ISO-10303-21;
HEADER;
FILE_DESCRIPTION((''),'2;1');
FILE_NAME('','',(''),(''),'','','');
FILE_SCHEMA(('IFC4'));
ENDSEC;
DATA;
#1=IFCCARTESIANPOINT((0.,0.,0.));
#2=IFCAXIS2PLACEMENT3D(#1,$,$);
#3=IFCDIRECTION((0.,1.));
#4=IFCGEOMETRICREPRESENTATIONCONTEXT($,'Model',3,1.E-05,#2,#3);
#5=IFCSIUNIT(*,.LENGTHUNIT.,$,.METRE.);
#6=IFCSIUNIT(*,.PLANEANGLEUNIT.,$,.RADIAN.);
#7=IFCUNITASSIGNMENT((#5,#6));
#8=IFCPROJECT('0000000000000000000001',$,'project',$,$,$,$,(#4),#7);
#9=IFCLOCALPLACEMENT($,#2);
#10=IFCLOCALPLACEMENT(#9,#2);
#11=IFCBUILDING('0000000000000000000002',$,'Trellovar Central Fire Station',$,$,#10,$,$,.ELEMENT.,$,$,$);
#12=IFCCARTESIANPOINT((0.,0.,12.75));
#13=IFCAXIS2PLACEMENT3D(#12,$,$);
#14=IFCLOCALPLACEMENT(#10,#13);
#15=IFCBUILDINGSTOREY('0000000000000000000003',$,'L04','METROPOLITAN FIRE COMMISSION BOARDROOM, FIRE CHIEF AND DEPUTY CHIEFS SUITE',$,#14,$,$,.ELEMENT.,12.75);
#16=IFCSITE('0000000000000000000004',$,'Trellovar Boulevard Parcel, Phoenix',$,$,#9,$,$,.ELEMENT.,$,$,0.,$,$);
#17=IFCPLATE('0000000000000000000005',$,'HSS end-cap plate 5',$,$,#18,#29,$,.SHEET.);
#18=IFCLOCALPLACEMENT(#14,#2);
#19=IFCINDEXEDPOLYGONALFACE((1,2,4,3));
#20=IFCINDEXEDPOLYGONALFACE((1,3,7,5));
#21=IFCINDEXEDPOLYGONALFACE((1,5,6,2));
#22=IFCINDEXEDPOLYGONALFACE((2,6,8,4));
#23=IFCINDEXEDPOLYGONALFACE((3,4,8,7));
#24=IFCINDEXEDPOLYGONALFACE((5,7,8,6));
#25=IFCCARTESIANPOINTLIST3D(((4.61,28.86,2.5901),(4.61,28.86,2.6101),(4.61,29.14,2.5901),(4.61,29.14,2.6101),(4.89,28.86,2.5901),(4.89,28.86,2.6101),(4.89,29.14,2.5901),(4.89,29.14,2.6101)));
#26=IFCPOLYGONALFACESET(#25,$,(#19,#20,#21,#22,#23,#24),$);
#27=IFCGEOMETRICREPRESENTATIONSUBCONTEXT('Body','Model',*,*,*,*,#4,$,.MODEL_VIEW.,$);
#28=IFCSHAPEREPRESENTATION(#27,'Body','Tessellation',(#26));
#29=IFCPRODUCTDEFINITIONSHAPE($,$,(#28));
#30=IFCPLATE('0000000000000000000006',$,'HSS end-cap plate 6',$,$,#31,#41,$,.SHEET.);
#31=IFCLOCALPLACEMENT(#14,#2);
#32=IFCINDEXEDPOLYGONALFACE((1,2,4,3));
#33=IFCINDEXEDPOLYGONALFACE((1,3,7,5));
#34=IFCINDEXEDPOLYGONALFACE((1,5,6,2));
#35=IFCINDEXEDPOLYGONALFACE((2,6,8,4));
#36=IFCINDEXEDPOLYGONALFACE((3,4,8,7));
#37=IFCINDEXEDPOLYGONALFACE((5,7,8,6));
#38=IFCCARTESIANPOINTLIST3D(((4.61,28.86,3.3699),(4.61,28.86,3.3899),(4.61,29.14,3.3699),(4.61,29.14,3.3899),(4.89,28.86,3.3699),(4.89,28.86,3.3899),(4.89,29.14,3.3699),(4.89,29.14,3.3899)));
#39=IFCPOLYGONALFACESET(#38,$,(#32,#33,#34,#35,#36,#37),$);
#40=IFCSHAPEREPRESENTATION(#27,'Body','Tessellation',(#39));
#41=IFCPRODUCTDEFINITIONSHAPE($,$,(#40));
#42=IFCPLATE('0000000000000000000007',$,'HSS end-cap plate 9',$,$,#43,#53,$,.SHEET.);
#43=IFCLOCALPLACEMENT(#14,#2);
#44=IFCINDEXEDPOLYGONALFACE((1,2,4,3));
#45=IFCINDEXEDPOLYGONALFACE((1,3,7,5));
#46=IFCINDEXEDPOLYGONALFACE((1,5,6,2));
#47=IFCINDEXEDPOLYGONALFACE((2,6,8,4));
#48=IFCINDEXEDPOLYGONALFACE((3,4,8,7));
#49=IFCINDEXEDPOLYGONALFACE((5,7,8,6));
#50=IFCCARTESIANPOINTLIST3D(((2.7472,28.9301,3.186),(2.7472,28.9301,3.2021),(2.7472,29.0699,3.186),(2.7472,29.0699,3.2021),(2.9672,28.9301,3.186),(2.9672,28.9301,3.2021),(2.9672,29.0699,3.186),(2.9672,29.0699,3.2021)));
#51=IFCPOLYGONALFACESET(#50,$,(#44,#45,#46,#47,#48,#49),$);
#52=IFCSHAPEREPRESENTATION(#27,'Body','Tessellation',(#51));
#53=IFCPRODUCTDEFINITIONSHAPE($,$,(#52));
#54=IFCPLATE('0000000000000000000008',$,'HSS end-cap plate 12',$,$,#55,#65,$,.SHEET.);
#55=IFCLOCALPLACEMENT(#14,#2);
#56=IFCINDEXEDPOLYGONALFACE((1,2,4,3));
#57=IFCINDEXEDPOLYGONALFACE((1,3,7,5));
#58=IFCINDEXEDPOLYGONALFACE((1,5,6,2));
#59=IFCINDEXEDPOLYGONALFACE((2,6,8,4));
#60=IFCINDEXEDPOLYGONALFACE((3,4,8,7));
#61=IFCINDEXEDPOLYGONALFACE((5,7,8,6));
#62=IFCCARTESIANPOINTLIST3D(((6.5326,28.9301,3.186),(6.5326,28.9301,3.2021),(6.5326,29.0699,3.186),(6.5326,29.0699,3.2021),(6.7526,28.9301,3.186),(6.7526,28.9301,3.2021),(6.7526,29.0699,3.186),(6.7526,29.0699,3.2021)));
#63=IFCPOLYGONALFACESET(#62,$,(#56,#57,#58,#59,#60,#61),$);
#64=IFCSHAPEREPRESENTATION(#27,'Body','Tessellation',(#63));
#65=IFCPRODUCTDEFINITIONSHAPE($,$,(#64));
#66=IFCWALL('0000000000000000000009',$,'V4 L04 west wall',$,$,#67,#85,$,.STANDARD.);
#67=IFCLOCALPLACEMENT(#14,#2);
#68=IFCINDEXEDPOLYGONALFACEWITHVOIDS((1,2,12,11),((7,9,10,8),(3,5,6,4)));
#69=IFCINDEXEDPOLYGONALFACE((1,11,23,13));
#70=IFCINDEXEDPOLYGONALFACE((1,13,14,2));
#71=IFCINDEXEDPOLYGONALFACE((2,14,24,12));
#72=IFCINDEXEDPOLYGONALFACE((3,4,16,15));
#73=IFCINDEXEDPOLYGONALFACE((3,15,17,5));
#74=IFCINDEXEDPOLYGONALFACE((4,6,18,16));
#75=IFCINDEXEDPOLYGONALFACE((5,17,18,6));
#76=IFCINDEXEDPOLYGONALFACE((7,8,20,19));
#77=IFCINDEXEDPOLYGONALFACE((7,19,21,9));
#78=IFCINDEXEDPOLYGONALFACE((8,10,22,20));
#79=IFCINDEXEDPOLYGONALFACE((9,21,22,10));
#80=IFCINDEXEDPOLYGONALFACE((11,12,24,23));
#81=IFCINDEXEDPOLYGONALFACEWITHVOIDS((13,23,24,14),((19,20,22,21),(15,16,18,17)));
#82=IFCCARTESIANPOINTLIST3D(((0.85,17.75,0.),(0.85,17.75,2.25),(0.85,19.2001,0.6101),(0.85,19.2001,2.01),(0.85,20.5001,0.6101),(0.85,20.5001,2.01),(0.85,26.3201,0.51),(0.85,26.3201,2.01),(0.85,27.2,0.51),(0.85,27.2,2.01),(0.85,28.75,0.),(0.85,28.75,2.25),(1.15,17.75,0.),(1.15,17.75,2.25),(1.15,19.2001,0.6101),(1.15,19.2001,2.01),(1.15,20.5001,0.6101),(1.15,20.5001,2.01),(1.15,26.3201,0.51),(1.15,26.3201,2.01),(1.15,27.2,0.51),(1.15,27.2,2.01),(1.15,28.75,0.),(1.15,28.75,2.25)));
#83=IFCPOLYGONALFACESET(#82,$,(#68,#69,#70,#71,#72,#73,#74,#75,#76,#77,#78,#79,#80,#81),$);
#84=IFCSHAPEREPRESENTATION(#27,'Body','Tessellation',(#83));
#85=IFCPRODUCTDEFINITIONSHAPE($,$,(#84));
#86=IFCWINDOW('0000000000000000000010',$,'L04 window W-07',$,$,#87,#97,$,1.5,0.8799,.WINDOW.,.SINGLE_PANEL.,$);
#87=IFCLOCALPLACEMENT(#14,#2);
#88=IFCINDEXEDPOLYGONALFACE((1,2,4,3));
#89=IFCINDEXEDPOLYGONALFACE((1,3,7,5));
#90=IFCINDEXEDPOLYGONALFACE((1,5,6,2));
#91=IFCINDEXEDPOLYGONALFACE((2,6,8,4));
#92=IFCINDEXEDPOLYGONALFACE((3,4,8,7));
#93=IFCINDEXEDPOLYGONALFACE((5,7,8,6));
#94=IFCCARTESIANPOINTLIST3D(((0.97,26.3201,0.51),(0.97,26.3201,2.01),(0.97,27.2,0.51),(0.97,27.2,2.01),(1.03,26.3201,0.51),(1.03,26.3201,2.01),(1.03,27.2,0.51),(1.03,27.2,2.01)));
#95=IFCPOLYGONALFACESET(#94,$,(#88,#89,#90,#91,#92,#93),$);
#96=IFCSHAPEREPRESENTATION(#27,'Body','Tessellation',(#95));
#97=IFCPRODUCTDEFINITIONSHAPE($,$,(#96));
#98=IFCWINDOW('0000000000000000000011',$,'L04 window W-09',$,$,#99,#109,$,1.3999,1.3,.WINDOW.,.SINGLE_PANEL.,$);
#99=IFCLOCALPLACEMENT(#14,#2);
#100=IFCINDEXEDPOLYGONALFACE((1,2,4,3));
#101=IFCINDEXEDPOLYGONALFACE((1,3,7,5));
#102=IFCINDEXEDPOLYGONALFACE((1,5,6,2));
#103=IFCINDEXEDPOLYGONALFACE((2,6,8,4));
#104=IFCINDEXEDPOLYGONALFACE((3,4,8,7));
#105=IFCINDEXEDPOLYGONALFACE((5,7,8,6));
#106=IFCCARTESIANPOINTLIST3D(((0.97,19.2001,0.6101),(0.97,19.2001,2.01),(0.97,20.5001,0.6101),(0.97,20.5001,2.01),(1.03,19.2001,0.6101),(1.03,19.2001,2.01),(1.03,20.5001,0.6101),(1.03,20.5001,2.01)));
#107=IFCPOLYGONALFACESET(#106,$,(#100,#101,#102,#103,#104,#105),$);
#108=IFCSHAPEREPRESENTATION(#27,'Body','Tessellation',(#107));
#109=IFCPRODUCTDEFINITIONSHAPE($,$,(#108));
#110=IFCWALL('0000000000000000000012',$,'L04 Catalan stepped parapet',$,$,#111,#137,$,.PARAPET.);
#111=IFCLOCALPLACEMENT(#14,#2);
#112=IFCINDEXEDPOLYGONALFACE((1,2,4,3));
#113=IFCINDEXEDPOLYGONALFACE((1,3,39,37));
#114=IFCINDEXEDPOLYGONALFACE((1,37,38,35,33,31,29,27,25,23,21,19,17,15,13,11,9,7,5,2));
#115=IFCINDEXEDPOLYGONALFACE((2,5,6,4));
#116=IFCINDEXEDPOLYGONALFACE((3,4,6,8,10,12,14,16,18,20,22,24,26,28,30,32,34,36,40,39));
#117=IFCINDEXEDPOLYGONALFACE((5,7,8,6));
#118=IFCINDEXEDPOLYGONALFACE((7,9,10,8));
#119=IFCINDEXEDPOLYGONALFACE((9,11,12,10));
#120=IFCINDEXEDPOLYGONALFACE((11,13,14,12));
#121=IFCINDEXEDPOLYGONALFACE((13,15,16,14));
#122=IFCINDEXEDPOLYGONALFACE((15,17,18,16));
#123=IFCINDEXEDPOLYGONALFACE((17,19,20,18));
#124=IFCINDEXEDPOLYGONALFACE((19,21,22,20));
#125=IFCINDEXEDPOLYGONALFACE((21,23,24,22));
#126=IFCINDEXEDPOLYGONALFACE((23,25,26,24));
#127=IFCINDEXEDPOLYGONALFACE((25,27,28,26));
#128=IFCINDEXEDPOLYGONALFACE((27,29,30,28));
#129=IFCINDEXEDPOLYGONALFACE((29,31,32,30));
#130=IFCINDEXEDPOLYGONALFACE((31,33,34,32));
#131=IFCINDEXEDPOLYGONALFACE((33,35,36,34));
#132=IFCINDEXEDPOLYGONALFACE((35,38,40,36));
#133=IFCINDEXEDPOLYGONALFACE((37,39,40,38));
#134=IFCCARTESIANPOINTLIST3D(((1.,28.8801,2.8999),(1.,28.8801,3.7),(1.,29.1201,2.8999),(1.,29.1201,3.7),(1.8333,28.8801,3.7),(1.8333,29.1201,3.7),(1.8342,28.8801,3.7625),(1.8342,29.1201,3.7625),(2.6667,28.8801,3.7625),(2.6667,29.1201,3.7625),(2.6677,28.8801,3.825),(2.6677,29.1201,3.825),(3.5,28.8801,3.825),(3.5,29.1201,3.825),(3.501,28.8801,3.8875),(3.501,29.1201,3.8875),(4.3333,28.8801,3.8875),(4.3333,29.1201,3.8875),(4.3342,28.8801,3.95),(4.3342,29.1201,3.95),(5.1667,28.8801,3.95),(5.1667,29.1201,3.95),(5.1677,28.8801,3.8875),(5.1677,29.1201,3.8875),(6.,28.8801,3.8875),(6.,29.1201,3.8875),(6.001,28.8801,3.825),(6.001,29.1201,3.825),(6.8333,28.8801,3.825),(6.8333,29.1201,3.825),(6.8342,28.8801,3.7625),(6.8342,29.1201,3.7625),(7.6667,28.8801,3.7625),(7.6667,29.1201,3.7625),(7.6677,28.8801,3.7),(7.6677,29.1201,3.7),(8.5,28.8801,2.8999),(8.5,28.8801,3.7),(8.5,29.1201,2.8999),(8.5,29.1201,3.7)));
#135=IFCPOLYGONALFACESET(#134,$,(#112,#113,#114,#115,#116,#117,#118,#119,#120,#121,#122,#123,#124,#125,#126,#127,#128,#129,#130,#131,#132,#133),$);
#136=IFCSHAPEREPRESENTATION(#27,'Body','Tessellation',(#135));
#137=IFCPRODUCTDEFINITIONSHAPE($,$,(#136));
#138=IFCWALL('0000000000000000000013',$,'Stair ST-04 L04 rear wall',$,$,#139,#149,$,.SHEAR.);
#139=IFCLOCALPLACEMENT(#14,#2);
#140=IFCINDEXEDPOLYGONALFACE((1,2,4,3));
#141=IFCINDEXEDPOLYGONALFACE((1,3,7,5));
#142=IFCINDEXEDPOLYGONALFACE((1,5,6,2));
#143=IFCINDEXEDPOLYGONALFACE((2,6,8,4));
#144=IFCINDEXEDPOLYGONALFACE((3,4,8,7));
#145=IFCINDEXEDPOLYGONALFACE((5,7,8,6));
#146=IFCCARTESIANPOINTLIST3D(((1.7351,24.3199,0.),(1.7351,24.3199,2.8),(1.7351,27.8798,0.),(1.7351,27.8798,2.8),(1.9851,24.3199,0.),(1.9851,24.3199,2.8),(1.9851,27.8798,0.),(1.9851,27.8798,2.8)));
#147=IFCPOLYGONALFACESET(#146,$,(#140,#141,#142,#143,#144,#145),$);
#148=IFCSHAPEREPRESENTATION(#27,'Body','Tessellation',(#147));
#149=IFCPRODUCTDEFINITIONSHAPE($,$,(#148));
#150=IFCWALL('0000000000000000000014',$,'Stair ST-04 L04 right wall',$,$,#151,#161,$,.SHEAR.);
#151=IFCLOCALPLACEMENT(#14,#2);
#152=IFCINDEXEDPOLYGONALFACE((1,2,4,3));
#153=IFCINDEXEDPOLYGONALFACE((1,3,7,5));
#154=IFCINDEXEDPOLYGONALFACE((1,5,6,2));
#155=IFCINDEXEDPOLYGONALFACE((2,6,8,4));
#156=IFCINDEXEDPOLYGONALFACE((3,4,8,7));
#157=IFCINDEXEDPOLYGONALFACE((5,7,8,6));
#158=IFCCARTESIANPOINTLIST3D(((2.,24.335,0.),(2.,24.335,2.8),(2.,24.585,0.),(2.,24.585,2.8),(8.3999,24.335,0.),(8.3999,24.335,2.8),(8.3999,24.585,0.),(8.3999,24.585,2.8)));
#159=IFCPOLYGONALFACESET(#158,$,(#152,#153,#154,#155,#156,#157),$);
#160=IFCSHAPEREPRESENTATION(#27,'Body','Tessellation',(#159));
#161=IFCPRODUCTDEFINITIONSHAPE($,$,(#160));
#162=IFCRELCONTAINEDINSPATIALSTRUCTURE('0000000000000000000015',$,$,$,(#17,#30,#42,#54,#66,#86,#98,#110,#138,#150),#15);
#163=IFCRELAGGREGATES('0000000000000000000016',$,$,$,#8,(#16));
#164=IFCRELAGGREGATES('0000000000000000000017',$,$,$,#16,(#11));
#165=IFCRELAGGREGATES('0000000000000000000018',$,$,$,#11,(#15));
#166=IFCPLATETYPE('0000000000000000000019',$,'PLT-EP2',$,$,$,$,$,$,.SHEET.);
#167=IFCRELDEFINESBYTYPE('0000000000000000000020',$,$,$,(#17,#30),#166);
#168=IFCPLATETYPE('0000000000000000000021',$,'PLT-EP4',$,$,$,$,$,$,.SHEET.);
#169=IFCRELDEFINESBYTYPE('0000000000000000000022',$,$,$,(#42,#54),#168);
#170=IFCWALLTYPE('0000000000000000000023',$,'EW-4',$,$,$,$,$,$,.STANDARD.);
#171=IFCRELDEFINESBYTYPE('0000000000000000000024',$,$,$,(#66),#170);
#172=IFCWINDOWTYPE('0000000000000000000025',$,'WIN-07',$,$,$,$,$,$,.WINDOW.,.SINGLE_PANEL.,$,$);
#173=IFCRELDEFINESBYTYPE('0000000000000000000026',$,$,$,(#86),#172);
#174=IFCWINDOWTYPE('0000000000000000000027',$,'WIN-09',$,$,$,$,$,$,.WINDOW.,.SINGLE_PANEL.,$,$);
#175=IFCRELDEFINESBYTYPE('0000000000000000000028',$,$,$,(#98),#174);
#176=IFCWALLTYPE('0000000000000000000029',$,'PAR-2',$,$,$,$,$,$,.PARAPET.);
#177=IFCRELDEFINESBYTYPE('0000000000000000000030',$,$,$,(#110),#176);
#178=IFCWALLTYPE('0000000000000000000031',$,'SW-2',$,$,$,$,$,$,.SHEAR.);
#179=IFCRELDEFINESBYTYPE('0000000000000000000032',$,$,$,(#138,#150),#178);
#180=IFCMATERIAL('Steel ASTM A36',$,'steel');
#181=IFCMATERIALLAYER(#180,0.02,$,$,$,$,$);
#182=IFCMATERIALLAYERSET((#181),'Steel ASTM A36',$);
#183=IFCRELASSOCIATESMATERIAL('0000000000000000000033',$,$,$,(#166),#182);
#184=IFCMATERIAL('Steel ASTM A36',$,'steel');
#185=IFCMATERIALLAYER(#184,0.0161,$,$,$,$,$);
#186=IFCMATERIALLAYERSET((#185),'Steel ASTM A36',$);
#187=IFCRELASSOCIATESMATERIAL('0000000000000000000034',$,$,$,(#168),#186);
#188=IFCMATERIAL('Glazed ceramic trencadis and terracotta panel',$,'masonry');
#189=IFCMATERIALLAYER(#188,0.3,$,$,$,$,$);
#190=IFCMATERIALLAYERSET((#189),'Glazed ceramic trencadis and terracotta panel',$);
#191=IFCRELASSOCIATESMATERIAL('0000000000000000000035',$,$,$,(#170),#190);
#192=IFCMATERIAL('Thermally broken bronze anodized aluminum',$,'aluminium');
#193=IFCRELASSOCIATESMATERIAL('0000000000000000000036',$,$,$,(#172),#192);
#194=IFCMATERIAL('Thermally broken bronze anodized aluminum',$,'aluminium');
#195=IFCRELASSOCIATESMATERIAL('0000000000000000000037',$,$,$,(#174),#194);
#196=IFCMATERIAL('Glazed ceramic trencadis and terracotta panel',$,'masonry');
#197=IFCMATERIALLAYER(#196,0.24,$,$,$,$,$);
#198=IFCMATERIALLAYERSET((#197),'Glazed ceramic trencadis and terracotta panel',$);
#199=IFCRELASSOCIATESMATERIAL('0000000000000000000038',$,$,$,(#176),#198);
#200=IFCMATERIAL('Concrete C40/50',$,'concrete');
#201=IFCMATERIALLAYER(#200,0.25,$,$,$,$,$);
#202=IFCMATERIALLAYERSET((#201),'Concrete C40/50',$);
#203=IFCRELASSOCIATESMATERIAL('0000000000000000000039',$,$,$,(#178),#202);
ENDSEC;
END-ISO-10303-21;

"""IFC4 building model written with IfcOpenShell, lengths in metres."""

from ifc_helpers import new_model, si_unit, direction, frame, frame_2d, origin, origin_2d, place, context, subcontext, project, spatial, polyline, rectangle, outline, extrude, material, layer, layer_set, type_object, element, fill, save


model = new_model("IFC4")

# Units and contexts
model_context = context("Model", 3, precision=1e-05, world=origin(), true_north=direction((0.0, 1.0)))
body_context = subcontext(model_context, "Body", "Model", "MODEL_VIEW")
ifc_project = project(units=[si_unit("LENGTHUNIT", "METRE"), si_unit("PLANEANGLEUNIT", "RADIAN")], contexts=[model_context])

# Site, building, storey
site_placement = place(None, origin())
site = spatial("IfcSite", under=ifc_project, at=site_placement, Name="Trellovar Boulevard Parcel, Phoenix", CompositionType="ELEMENT", RefElevation=0.0)
building_placement = place(site_placement, origin())
building = spatial("IfcBuilding", under=site, at=building_placement, Name="Trellovar Central Fire Station", CompositionType="ELEMENT")
storey_placement = place(building_placement, frame((0.0, 0.0, 12.75)))
storey = spatial("IfcBuildingStorey", under=building, at=storey_placement, Name="L04", Description="METROPOLITAN FIRE COMMISSION BOARDROOM, FIRE CHIEF AND DEPUTY CHIEFS SUITE", CompositionType="ELEMENT", Elevation=12.75)

# Plates
ifc_material_1 = material(Name="Steel ASTM A36", Category="steel")
ifc_layer_1 = layer(ifc_material_1, 0.02)
ifc_layer_set_1 = layer_set([ifc_layer_1], Name="Steel ASTM A36")
plate_type_1 = type_object("IfcPlateType", Name="PLT-EP2", PredefinedType="SHEET", material=ifc_layer_set_1)
for number, where, z_axis, x_axis, name in (
    (1, (4.75, 29.0, 2.5901), (0.0, 0.0, 1.0), (1.0, 0.0, 0.0), "HSS end-cap plate 5"),
    (2, (4.75, 29.0, 3.3699), (0.0, 0.0, 1.0), (1.0, 0.0, 0.0), "HSS end-cap plate 6"),
):
    element("IfcPlate", number, at=place(storey_placement, frame(where, z_axis=z_axis, x_axis=x_axis)), inside=storey, type_object=plate_type_1, Name=name, PredefinedType="SHEET", context=body_context, shape_type="SweptSolid", body=[
        extrude(rectangle(XDim=0.28, YDim=0.28, at=origin_2d()), origin(), (0.0, 0.0, 1.0), 0.02),
    ])
ifc_material_2 = material(Name="Steel ASTM A36", Category="steel")
ifc_layer_2 = layer(ifc_material_2, 0.0161)
ifc_layer_set_2 = layer_set([ifc_layer_2], Name="Steel ASTM A36")
plate_type_2 = type_object("IfcPlateType", Name="PLT-EP4", PredefinedType="SHEET", material=ifc_layer_set_2)
for number, where, z_axis, x_axis, name in (
    (3, (2.8572, 29.0, 3.186), (0.0, 0.0, 1.0), (1.0, 0.0, 0.0), "HSS end-cap plate 9"),
    (4, (6.6426, 29.0, 3.186), (0.0, 0.0, 1.0), (1.0, 0.0, 0.0), "HSS end-cap plate 12"),
):
    element("IfcPlate", number, at=place(storey_placement, frame(where, z_axis=z_axis, x_axis=x_axis)), inside=storey, type_object=plate_type_2, Name=name, PredefinedType="SHEET", context=body_context, shape_type="SweptSolid", body=[
        extrude(rectangle(XDim=0.22, YDim=0.1399, at=origin_2d()), origin(), (0.0, 0.0, 1.0), 0.0161),
    ])

# Wall, openings, windows
ifc_material_3 = material(Name="Glazed ceramic trencadis and terracotta panel", Category="masonry")
ifc_layer_3 = layer(ifc_material_3, 0.3)
ifc_layer_set_3 = layer_set([ifc_layer_3], Name="Glazed ceramic trencadis and terracotta panel")
wall_type_1 = type_object("IfcWallType", Name="EW-4", PredefinedType="STANDARD", material=ifc_layer_set_3)
wall_1_placement = place(storey_placement, frame((1.0, 28.75, 0.0), z_axis=(0.0, 0.0, 1.0), x_axis=(0.0, -1.0, 0.0)))
wall_1 = element("IfcWall", 5, at=wall_1_placement, inside=storey, type_object=wall_type_1, Name="V4 L04 west wall", PredefinedType="STANDARD", context=body_context, shape_type="SweptSolid", body=[
    extrude(rectangle(XDim=11.0, YDim=0.3, at=frame_2d((5.5, 0.0))), origin(), (0.0, 0.0, 1.0), 2.25),
])
opening_1_placement = place(wall_1_placement, frame((1.55, 0.0, 0.51)))
opening_1 = element("IfcOpeningElement", 6, at=opening_1_placement, cuts=wall_1, PredefinedType="OPENING", context=body_context, shape_type="SweptSolid", body=[
    extrude(rectangle(XDim=0.8799, YDim=1.5, at=frame_2d((0.4399, 0.75))), frame((0.0, 0.1599, 0.0), z_axis=(0.0, -1.0, 0.0), x_axis=(1.0, 0.0, 0.0)), (0.0, 0.0, 1.0), 0.3201),
])
opening_2_placement = place(wall_1_placement, frame((8.25, 0.0, 0.6101)))
opening_2 = element("IfcOpeningElement", 7, at=opening_2_placement, cuts=wall_1, PredefinedType="OPENING", context=body_context, shape_type="SweptSolid", body=[
    extrude(rectangle(XDim=1.3, YDim=1.3999, at=frame_2d((0.6499, 0.7))), frame((0.0, 0.1599, 0.0), z_axis=(0.0, -1.0, 0.0), x_axis=(1.0, 0.0, 0.0)), (0.0, 0.0, 1.0), 0.3201),
])
ifc_material_4 = material(Name="Thermally broken bronze anodized aluminum", Category="aluminium")
window_type_1 = type_object("IfcWindowType", Name="WIN-07", PartitioningType="SINGLE_PANEL", PredefinedType="WINDOW", material=ifc_material_4)
window_1_placement = place(opening_1_placement, origin())
window_1 = element("IfcWindow", 8, at=window_1_placement, inside=storey, type_object=window_type_1, Name="L04 window W-07", OverallHeight=1.5, OverallWidth=0.8799, PartitioningType="SINGLE_PANEL", PredefinedType="WINDOW", context=body_context, shape_type="SweptSolid", body=[
    extrude(rectangle(XDim=0.8799, YDim=1.5, at=frame_2d((0.4399, 0.75))), frame((0.0, 0.03, 0.0), z_axis=(0.0, -1.0, 0.0), x_axis=(1.0, 0.0, 0.0)), (0.0, 0.0, 1.0), 0.0601),
])
fill(opening_1, window_1)
ifc_material_5 = material(Name="Thermally broken bronze anodized aluminum", Category="aluminium")
window_type_2 = type_object("IfcWindowType", Name="WIN-09", PartitioningType="SINGLE_PANEL", PredefinedType="WINDOW", material=ifc_material_5)
window_2_placement = place(opening_2_placement, origin())
window_2 = element("IfcWindow", 9, at=window_2_placement, inside=storey, type_object=window_type_2, Name="L04 window W-09", OverallHeight=1.3999, OverallWidth=1.3, PartitioningType="SINGLE_PANEL", PredefinedType="WINDOW", context=body_context, shape_type="SweptSolid", body=[
    extrude(rectangle(XDim=1.3, YDim=1.3999, at=frame_2d((0.6499, 0.7))), frame((0.0, 0.03, 0.0), z_axis=(0.0, -1.0, 0.0), x_axis=(1.0, 0.0, 0.0)), (0.0, 0.0, 1.0), 0.0601),
])
fill(opening_2, window_2)

# Walls
ifc_material_6 = material(Name="Glazed ceramic trencadis and terracotta panel", Category="masonry")
ifc_layer_4 = layer(ifc_material_6, 0.24)
ifc_layer_set_4 = layer_set([ifc_layer_4], Name="Glazed ceramic trencadis and terracotta panel")
wall_type_2 = type_object("IfcWallType", Name="PAR-2", PredefinedType="PARAPET", material=ifc_layer_set_4)
wall_2_placement = place(storey_placement, frame((1.0, 29.0, 2.8999), z_axis=(0.0, 0.0, 1.0), x_axis=(1.0, 0.0, 0.0)))
element("IfcWall", 10, at=wall_2_placement, inside=storey, type_object=wall_type_2, Name="L04 Catalan stepped parapet", PredefinedType="PARAPET", context=body_context, shape_type="SweptSolid", body=[
    extrude(outline(polyline([(0.0, 0.0), (7.5, 0.0), (7.5, 0.8), (6.6677, 0.8), (6.6667, 0.8625), (5.8342, 0.8625), (5.8333, 0.925), (5.001, 0.925), (5.0, 0.9875), (4.1677, 0.9875), (4.1667, 1.05), (3.3342, 1.05), (3.3333, 0.9875), (2.501, 0.9875), (2.5, 0.925), (1.6677, 0.925), (1.6667, 0.8625), (0.8342, 0.8625), (0.8333, 0.8), (0.0, 0.8), (0.0, 0.0)])), frame((0.0, 0.1201, 0.0), z_axis=(0.0, -1.0, 0.0), x_axis=(1.0, 0.0, 0.0)), (0.0, 0.0, 1.0), 0.24),
])
ifc_material_7 = material(Name="Concrete C40/50", Category="concrete")
ifc_layer_5 = layer(ifc_material_7, 0.25)
ifc_layer_set_5 = layer_set([ifc_layer_5], Name="Concrete C40/50")
wall_type_3 = type_object("IfcWallType", Name="SW-2", PredefinedType="SHEAR", material=ifc_layer_set_5)
wall_3_placement = place(storey_placement, frame((1.8601, 24.3201, 0.0), z_axis=(0.0, 0.0, 1.0), x_axis=(0.0, 1.0, 0.0)))
element("IfcWall", 11, at=wall_3_placement, inside=storey, type_object=wall_type_3, Name="Stair ST-04 L04 rear wall", PredefinedType="SHEAR", context=body_context, shape_type="SweptSolid", body=[
    extrude(rectangle(XDim=3.5598, YDim=0.25, at=frame_2d((1.7798, 0.0))), origin(), (0.0, 0.0, 1.0), 2.8),
])
wall_4_placement = place(storey_placement, frame((2.0, 24.46, 0.0), z_axis=(0.0, 0.0, 1.0), x_axis=(1.0, 0.0, 0.0)))
element("IfcWall", 12, at=wall_4_placement, inside=storey, type_object=wall_type_3, Name="Stair ST-04 L04 right wall", PredefinedType="SHEAR", context=body_context, shape_type="SweptSolid", body=[
    extrude(rectangle(XDim=6.3999, YDim=0.25, at=frame_2d((3.2, 0.0))), origin(), (0.0, 0.0, 1.0), 2.8),
])

save(model, "model.ifc")
